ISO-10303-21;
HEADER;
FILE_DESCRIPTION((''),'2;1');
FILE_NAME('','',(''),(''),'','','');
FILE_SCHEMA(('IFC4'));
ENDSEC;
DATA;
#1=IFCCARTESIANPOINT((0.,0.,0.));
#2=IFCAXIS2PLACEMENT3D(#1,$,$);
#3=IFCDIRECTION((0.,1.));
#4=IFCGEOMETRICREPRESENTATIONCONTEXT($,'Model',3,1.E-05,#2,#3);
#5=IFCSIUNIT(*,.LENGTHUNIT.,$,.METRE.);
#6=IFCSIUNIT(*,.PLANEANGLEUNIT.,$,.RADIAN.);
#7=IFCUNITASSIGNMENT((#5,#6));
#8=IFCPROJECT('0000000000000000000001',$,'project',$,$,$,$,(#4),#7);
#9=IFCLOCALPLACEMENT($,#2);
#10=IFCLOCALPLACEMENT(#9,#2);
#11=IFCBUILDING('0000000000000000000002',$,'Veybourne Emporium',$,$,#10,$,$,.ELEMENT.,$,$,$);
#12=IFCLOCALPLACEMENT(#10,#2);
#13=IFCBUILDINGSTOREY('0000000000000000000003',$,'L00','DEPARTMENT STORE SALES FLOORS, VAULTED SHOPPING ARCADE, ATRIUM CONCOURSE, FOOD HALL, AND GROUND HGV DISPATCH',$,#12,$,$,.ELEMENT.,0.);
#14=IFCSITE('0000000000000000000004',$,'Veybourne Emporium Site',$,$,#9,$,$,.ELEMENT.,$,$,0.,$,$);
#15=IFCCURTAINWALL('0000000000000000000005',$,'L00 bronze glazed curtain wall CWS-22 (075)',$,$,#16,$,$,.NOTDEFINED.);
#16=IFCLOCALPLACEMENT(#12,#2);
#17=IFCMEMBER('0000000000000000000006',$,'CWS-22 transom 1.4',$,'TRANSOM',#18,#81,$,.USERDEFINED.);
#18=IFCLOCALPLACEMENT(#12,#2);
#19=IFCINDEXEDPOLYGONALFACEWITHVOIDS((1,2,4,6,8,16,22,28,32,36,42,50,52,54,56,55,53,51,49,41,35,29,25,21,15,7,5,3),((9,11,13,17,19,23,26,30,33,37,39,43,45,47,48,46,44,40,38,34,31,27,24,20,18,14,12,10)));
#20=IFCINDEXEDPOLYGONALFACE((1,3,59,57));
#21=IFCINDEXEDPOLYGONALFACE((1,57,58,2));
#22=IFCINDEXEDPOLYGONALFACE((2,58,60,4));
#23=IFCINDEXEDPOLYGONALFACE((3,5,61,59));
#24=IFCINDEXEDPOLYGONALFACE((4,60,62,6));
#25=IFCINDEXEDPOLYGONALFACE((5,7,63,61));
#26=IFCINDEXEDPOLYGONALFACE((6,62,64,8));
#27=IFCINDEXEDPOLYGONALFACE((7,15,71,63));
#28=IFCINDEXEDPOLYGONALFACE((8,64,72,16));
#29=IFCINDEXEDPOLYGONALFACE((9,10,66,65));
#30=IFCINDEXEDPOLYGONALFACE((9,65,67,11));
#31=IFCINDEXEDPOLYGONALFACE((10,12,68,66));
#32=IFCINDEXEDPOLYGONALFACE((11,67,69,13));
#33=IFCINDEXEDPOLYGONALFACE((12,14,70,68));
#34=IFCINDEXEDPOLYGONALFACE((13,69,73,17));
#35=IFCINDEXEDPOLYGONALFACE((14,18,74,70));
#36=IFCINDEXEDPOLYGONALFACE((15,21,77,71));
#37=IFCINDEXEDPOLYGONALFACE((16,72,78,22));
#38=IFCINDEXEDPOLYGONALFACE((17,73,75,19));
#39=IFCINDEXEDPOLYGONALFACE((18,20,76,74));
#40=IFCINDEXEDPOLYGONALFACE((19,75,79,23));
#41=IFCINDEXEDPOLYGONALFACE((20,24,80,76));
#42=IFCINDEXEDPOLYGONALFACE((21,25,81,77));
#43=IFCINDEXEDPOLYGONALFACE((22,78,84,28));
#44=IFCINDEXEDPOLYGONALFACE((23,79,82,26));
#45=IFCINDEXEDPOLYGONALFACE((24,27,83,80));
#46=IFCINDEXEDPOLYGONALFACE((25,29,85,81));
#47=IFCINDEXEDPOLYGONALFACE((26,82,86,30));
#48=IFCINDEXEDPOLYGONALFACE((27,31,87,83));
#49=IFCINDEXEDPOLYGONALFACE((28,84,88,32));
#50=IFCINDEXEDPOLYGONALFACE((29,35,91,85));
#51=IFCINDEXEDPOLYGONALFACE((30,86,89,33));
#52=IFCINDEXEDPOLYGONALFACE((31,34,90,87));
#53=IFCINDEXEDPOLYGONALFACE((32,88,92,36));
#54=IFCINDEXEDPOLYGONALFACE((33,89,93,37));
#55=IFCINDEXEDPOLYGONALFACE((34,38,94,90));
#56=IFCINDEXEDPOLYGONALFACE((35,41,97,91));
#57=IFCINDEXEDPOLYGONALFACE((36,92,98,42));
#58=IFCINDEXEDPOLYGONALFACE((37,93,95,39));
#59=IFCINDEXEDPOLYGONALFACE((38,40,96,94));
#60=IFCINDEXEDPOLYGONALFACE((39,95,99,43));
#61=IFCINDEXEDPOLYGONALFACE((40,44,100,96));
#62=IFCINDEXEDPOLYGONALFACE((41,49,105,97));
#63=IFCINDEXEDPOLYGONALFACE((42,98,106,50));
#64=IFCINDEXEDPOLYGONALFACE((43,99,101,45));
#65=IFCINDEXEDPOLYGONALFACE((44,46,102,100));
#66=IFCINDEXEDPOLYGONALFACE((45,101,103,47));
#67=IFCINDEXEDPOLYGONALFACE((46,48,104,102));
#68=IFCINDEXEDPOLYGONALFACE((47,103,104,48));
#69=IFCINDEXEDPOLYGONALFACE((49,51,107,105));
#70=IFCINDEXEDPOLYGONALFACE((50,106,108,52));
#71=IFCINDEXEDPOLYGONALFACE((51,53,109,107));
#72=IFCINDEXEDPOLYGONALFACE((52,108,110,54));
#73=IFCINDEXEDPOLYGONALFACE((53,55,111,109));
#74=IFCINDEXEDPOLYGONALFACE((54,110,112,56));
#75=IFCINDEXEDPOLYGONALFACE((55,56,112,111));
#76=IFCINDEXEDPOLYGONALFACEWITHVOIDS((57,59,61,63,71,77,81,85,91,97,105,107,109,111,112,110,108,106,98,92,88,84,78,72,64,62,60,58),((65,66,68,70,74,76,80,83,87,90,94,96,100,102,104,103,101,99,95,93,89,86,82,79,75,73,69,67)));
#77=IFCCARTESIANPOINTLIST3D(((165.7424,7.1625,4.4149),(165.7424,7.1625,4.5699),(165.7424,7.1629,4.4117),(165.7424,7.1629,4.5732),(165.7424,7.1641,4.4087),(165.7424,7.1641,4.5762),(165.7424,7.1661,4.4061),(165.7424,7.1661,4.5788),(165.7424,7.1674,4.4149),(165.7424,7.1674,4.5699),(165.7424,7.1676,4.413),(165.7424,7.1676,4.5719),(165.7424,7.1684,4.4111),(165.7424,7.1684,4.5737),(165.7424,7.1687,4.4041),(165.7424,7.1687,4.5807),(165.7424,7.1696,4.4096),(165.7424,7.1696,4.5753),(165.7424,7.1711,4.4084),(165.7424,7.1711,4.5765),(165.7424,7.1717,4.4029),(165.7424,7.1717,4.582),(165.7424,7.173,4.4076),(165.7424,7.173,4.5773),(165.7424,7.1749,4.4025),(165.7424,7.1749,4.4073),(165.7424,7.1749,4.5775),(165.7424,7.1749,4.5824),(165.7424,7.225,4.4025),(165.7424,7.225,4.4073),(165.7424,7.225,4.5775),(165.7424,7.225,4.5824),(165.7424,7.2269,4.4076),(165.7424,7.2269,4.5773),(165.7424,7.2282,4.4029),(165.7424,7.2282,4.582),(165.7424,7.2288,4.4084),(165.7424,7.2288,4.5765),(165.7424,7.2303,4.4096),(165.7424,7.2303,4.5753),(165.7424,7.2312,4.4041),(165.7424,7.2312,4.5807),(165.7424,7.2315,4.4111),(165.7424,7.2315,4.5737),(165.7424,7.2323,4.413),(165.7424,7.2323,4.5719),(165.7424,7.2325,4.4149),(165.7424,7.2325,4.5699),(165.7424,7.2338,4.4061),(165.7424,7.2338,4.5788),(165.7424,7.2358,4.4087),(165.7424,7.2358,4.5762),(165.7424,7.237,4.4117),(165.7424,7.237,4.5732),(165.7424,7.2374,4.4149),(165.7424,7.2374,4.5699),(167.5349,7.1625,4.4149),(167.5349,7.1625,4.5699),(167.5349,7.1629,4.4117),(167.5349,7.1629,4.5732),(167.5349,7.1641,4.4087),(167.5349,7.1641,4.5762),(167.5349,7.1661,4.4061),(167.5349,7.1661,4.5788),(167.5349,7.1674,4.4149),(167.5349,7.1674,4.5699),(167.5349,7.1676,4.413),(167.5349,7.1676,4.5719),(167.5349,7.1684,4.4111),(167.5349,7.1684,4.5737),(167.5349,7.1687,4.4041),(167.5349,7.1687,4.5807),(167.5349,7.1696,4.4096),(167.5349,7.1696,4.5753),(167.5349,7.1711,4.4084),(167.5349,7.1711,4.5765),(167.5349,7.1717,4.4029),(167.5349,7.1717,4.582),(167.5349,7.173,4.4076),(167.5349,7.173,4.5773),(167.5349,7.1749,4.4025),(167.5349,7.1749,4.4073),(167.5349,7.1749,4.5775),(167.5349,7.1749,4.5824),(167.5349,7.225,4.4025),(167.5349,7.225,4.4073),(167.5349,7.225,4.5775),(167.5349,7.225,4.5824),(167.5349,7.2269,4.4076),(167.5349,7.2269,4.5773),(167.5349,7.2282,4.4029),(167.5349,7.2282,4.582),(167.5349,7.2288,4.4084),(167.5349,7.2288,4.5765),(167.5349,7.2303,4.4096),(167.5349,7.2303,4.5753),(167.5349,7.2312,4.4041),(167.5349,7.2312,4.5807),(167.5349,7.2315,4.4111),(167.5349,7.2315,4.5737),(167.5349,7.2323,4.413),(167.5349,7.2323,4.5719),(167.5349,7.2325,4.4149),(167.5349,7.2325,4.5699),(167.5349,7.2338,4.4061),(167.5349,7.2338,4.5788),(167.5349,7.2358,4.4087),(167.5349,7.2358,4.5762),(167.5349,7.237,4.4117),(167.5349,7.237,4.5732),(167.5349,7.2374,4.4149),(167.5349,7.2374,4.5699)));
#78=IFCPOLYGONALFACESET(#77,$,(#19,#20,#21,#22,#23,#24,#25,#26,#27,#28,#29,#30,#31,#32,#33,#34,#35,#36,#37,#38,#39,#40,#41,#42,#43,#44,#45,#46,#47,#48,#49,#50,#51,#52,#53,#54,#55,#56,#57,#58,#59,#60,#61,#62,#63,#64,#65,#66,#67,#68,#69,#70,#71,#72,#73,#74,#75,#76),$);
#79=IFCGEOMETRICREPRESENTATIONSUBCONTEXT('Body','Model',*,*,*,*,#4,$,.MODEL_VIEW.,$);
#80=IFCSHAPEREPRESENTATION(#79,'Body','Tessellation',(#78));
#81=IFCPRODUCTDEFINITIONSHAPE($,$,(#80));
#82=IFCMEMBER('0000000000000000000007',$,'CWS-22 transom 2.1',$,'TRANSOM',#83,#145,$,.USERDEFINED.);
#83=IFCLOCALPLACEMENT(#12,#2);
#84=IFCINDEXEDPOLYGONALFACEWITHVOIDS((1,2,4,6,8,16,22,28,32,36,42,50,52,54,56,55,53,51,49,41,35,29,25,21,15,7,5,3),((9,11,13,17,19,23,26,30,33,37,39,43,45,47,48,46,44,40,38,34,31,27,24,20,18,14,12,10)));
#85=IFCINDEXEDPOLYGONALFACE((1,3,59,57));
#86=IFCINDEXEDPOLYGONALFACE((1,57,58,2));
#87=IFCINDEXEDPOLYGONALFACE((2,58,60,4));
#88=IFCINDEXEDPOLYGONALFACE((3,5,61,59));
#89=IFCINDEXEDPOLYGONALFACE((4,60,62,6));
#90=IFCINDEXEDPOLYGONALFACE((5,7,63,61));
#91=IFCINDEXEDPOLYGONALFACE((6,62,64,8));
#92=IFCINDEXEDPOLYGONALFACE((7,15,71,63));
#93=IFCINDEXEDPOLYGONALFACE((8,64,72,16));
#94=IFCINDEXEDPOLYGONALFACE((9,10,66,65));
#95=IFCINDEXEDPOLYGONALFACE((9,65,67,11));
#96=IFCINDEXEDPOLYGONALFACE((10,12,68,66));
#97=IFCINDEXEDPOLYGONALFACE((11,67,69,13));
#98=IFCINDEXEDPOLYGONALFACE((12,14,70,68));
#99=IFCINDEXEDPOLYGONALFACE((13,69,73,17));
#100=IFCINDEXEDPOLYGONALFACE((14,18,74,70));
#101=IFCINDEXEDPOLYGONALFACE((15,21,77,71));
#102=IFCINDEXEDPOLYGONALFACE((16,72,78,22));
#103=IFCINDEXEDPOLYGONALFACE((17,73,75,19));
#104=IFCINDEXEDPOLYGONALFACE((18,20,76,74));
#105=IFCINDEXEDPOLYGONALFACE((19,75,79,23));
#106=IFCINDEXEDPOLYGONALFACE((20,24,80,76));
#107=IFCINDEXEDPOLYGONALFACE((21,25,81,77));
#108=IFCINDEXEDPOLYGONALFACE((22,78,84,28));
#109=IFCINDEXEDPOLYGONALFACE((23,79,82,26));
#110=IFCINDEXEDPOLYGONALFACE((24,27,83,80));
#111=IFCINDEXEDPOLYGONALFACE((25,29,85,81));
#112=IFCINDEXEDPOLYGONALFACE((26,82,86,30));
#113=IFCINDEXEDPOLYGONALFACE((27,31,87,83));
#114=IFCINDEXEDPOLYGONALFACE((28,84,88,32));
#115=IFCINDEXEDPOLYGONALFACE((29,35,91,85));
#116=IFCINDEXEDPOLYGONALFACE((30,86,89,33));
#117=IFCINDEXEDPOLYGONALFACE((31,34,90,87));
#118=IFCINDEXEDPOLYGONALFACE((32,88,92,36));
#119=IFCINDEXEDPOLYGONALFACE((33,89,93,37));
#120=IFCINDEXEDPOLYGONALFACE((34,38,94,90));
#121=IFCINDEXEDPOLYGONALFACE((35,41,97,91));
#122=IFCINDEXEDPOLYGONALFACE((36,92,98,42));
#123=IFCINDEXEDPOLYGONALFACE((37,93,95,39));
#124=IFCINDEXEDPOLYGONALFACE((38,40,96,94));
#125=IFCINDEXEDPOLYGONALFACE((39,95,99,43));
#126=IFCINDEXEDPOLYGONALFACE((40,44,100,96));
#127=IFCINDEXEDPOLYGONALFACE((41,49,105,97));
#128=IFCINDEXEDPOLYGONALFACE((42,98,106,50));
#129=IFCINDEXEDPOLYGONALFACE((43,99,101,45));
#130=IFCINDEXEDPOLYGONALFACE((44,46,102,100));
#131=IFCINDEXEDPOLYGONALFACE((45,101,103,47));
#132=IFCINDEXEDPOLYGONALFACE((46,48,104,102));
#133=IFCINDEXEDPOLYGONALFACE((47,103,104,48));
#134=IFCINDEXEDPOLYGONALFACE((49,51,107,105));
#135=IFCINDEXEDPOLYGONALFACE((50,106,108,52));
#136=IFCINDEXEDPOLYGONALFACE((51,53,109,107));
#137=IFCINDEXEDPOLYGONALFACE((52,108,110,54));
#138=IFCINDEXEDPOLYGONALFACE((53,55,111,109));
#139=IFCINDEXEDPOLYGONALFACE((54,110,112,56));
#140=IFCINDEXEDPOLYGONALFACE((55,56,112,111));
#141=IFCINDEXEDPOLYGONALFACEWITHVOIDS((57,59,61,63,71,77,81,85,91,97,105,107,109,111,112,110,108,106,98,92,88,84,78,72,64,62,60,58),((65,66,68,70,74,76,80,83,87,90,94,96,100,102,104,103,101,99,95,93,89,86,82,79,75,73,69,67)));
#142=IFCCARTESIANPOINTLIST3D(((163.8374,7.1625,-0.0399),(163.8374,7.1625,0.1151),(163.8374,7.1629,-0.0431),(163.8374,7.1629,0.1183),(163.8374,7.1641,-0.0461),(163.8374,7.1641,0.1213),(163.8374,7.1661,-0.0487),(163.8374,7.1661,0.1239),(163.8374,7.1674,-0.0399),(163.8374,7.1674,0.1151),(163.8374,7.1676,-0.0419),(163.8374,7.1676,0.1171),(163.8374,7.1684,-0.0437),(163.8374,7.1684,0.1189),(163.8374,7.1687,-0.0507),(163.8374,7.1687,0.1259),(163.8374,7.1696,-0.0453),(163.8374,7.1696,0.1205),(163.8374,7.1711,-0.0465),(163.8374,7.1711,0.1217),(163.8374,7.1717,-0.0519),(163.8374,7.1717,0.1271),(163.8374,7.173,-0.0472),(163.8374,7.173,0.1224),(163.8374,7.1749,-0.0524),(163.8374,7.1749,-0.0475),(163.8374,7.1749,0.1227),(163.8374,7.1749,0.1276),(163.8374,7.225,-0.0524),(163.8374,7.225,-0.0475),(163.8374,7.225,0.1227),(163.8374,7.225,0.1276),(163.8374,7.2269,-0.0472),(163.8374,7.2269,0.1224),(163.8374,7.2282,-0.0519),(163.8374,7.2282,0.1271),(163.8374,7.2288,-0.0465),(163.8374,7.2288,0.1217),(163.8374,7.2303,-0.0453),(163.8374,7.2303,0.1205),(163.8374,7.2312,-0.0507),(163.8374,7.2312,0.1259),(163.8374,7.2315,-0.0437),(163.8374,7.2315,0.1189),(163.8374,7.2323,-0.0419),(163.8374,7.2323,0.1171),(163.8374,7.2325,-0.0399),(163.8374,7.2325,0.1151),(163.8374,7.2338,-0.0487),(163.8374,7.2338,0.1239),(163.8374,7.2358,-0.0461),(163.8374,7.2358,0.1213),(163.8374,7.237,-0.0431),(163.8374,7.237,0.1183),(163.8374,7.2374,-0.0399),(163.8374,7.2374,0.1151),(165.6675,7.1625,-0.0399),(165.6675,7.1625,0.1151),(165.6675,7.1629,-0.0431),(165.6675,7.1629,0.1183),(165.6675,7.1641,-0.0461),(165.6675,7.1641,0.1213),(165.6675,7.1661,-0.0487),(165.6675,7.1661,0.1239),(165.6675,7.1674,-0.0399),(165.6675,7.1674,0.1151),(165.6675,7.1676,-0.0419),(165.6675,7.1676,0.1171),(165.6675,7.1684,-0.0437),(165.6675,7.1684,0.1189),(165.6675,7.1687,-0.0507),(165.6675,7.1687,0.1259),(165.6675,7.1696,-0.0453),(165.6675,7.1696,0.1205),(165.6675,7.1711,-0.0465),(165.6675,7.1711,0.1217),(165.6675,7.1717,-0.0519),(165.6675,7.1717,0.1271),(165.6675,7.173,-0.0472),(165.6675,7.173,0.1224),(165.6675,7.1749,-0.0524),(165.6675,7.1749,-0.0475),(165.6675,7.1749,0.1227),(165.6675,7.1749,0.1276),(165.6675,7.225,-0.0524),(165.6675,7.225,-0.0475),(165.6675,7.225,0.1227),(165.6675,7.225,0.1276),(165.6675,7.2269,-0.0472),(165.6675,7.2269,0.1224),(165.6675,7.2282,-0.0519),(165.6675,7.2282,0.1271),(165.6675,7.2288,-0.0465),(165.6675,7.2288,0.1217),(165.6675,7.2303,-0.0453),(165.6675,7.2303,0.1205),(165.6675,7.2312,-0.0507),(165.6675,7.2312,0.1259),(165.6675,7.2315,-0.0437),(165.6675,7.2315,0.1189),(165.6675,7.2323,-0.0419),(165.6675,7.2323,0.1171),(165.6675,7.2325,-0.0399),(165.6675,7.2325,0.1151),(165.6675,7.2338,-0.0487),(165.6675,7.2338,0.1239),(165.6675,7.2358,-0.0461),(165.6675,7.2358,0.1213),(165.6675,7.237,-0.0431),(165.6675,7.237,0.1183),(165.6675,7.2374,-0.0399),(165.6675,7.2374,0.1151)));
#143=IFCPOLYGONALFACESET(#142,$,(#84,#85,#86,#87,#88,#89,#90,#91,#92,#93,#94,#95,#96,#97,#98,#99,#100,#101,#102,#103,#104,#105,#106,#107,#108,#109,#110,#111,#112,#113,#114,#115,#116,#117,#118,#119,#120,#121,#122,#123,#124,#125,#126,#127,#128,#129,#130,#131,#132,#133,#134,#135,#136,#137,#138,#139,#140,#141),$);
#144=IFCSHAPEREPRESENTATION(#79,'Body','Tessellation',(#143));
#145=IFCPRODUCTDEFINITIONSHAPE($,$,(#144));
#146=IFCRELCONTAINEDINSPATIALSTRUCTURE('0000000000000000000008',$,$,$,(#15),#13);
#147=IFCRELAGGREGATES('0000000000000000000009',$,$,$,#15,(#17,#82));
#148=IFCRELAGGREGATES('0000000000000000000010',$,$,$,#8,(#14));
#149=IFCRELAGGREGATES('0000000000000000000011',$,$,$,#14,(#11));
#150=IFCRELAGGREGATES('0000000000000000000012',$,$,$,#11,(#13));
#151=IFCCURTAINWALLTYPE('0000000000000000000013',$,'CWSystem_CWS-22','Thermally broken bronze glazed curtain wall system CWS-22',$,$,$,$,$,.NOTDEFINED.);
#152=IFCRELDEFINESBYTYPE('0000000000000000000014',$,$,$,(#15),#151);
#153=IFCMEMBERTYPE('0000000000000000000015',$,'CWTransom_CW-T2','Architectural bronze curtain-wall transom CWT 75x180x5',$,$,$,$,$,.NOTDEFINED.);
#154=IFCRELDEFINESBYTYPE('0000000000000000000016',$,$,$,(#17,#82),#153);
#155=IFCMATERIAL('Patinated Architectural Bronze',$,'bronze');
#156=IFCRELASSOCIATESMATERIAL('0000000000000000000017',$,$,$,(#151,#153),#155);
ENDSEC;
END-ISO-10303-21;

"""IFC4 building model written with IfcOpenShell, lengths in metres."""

from ifc_helpers import new_model, si_unit, direction, frame, origin, origin_2d, place, context, subcontext, project, spatial, hollow_rectangle, extrude, material, material_profile, profile_set, type_object, element, aggregate, save


model = new_model("IFC4")

# Units and contexts
model_context = context("Model", 3, precision=1e-05, world=origin(), true_north=direction((0.0, 1.0)))
body_context = subcontext(model_context, "Body", "Model", "MODEL_VIEW")
ifc_project = project(units=[si_unit("LENGTHUNIT", "METRE"), si_unit("PLANEANGLEUNIT", "RADIAN")], contexts=[model_context])

# Site, building, storey
site_placement = place(None, origin())
site = spatial("IfcSite", under=ifc_project, at=site_placement, Name="Veybourne Emporium Site", CompositionType="ELEMENT", RefElevation=0.0)
building_placement = place(site_placement, origin())
building = spatial("IfcBuilding", under=site, at=building_placement, Name="Veybourne Emporium", CompositionType="ELEMENT")
storey_placement = place(building_placement, origin())
storey = spatial("IfcBuildingStorey", under=building, at=storey_placement, Name="L00", Description="DEPARTMENT STORE SALES FLOORS, VAULTED SHOPPING ARCADE, ATRIUM CONCOURSE, FOOD HALL, AND GROUND HGV DISPATCH", CompositionType="ELEMENT", Elevation=0.0)

# Curtain wall
ifc_material_1 = material(Name="Patinated Architectural Bronze", Category="bronze")
curtain_wall_type_1 = type_object("IfcCurtainWallType", Name="CWSystem_CWS-22", Description="Thermally broken bronze glazed curtain wall system CWS-22", PredefinedType="NOTDEFINED", material=ifc_material_1)
curtain_wall_1_placement = place(storey_placement, origin())
curtain_wall_1 = element("IfcCurtainWall", 1, at=curtain_wall_1_placement, inside=storey, type_object=curtain_wall_type_1, Name="L00 bronze glazed curtain wall CWS-22 (075)", PredefinedType="NOTDEFINED")

# Members
ifc_material_profile_1 = material_profile(ifc_material_1, hollow_rectangle(XDim=0.075, YDim=0.1799, WallThickness=0.0049, InnerFilletRadius=0.0076, OuterFilletRadius=0.0125, at=origin_2d()), Name="CWT 75x180x5")
ifc_profile_set_1 = profile_set([ifc_material_profile_1], Name="Patinated Architectural Bronze")
member_type_1 = type_object("IfcMemberType", Name="CWTransom_CW-T2", Description="Architectural bronze curtain-wall transom CWT 75x180x5", PredefinedType="NOTDEFINED", material=ifc_profile_set_1)
member_1_placement = place(storey_placement, frame((167.5349, 7.2, 4.4924), z_axis=(-1.0, 0.0, 0.0), x_axis=(0.0, -1.0, 0.0)))
member_1 = element("IfcMember", 2, at=member_1_placement, type_object=member_type_1, Name="CWS-22 transom 1.4", ObjectType="TRANSOM", PredefinedType="USERDEFINED", context=body_context, shape_type="SweptSolid", body=[
    extrude(hollow_rectangle(XDim=0.075, YDim=0.1799, WallThickness=0.0049, InnerFilletRadius=0.0076, OuterFilletRadius=0.0125, at=origin_2d()), origin(), (0.0, 0.0, 1.0), 1.7925),
])
member_2_placement = place(storey_placement, frame((165.6675, 7.2, 0.0376), z_axis=(-1.0, 0.0, 0.0), x_axis=(0.0, -1.0, 0.0)))
member_2 = element("IfcMember", 3, at=member_2_placement, type_object=member_type_1, Name="CWS-22 transom 2.1", ObjectType="TRANSOM", PredefinedType="USERDEFINED", context=body_context, shape_type="SweptSolid", body=[
    extrude(hollow_rectangle(XDim=0.075, YDim=0.1799, WallThickness=0.0049, InnerFilletRadius=0.0076, OuterFilletRadius=0.0125, at=origin_2d()), origin(), (0.0, 0.0, 1.0), 1.8301),
])

aggregate(curtain_wall_1, [member_1, member_2])

save(model, "model.ifc")
